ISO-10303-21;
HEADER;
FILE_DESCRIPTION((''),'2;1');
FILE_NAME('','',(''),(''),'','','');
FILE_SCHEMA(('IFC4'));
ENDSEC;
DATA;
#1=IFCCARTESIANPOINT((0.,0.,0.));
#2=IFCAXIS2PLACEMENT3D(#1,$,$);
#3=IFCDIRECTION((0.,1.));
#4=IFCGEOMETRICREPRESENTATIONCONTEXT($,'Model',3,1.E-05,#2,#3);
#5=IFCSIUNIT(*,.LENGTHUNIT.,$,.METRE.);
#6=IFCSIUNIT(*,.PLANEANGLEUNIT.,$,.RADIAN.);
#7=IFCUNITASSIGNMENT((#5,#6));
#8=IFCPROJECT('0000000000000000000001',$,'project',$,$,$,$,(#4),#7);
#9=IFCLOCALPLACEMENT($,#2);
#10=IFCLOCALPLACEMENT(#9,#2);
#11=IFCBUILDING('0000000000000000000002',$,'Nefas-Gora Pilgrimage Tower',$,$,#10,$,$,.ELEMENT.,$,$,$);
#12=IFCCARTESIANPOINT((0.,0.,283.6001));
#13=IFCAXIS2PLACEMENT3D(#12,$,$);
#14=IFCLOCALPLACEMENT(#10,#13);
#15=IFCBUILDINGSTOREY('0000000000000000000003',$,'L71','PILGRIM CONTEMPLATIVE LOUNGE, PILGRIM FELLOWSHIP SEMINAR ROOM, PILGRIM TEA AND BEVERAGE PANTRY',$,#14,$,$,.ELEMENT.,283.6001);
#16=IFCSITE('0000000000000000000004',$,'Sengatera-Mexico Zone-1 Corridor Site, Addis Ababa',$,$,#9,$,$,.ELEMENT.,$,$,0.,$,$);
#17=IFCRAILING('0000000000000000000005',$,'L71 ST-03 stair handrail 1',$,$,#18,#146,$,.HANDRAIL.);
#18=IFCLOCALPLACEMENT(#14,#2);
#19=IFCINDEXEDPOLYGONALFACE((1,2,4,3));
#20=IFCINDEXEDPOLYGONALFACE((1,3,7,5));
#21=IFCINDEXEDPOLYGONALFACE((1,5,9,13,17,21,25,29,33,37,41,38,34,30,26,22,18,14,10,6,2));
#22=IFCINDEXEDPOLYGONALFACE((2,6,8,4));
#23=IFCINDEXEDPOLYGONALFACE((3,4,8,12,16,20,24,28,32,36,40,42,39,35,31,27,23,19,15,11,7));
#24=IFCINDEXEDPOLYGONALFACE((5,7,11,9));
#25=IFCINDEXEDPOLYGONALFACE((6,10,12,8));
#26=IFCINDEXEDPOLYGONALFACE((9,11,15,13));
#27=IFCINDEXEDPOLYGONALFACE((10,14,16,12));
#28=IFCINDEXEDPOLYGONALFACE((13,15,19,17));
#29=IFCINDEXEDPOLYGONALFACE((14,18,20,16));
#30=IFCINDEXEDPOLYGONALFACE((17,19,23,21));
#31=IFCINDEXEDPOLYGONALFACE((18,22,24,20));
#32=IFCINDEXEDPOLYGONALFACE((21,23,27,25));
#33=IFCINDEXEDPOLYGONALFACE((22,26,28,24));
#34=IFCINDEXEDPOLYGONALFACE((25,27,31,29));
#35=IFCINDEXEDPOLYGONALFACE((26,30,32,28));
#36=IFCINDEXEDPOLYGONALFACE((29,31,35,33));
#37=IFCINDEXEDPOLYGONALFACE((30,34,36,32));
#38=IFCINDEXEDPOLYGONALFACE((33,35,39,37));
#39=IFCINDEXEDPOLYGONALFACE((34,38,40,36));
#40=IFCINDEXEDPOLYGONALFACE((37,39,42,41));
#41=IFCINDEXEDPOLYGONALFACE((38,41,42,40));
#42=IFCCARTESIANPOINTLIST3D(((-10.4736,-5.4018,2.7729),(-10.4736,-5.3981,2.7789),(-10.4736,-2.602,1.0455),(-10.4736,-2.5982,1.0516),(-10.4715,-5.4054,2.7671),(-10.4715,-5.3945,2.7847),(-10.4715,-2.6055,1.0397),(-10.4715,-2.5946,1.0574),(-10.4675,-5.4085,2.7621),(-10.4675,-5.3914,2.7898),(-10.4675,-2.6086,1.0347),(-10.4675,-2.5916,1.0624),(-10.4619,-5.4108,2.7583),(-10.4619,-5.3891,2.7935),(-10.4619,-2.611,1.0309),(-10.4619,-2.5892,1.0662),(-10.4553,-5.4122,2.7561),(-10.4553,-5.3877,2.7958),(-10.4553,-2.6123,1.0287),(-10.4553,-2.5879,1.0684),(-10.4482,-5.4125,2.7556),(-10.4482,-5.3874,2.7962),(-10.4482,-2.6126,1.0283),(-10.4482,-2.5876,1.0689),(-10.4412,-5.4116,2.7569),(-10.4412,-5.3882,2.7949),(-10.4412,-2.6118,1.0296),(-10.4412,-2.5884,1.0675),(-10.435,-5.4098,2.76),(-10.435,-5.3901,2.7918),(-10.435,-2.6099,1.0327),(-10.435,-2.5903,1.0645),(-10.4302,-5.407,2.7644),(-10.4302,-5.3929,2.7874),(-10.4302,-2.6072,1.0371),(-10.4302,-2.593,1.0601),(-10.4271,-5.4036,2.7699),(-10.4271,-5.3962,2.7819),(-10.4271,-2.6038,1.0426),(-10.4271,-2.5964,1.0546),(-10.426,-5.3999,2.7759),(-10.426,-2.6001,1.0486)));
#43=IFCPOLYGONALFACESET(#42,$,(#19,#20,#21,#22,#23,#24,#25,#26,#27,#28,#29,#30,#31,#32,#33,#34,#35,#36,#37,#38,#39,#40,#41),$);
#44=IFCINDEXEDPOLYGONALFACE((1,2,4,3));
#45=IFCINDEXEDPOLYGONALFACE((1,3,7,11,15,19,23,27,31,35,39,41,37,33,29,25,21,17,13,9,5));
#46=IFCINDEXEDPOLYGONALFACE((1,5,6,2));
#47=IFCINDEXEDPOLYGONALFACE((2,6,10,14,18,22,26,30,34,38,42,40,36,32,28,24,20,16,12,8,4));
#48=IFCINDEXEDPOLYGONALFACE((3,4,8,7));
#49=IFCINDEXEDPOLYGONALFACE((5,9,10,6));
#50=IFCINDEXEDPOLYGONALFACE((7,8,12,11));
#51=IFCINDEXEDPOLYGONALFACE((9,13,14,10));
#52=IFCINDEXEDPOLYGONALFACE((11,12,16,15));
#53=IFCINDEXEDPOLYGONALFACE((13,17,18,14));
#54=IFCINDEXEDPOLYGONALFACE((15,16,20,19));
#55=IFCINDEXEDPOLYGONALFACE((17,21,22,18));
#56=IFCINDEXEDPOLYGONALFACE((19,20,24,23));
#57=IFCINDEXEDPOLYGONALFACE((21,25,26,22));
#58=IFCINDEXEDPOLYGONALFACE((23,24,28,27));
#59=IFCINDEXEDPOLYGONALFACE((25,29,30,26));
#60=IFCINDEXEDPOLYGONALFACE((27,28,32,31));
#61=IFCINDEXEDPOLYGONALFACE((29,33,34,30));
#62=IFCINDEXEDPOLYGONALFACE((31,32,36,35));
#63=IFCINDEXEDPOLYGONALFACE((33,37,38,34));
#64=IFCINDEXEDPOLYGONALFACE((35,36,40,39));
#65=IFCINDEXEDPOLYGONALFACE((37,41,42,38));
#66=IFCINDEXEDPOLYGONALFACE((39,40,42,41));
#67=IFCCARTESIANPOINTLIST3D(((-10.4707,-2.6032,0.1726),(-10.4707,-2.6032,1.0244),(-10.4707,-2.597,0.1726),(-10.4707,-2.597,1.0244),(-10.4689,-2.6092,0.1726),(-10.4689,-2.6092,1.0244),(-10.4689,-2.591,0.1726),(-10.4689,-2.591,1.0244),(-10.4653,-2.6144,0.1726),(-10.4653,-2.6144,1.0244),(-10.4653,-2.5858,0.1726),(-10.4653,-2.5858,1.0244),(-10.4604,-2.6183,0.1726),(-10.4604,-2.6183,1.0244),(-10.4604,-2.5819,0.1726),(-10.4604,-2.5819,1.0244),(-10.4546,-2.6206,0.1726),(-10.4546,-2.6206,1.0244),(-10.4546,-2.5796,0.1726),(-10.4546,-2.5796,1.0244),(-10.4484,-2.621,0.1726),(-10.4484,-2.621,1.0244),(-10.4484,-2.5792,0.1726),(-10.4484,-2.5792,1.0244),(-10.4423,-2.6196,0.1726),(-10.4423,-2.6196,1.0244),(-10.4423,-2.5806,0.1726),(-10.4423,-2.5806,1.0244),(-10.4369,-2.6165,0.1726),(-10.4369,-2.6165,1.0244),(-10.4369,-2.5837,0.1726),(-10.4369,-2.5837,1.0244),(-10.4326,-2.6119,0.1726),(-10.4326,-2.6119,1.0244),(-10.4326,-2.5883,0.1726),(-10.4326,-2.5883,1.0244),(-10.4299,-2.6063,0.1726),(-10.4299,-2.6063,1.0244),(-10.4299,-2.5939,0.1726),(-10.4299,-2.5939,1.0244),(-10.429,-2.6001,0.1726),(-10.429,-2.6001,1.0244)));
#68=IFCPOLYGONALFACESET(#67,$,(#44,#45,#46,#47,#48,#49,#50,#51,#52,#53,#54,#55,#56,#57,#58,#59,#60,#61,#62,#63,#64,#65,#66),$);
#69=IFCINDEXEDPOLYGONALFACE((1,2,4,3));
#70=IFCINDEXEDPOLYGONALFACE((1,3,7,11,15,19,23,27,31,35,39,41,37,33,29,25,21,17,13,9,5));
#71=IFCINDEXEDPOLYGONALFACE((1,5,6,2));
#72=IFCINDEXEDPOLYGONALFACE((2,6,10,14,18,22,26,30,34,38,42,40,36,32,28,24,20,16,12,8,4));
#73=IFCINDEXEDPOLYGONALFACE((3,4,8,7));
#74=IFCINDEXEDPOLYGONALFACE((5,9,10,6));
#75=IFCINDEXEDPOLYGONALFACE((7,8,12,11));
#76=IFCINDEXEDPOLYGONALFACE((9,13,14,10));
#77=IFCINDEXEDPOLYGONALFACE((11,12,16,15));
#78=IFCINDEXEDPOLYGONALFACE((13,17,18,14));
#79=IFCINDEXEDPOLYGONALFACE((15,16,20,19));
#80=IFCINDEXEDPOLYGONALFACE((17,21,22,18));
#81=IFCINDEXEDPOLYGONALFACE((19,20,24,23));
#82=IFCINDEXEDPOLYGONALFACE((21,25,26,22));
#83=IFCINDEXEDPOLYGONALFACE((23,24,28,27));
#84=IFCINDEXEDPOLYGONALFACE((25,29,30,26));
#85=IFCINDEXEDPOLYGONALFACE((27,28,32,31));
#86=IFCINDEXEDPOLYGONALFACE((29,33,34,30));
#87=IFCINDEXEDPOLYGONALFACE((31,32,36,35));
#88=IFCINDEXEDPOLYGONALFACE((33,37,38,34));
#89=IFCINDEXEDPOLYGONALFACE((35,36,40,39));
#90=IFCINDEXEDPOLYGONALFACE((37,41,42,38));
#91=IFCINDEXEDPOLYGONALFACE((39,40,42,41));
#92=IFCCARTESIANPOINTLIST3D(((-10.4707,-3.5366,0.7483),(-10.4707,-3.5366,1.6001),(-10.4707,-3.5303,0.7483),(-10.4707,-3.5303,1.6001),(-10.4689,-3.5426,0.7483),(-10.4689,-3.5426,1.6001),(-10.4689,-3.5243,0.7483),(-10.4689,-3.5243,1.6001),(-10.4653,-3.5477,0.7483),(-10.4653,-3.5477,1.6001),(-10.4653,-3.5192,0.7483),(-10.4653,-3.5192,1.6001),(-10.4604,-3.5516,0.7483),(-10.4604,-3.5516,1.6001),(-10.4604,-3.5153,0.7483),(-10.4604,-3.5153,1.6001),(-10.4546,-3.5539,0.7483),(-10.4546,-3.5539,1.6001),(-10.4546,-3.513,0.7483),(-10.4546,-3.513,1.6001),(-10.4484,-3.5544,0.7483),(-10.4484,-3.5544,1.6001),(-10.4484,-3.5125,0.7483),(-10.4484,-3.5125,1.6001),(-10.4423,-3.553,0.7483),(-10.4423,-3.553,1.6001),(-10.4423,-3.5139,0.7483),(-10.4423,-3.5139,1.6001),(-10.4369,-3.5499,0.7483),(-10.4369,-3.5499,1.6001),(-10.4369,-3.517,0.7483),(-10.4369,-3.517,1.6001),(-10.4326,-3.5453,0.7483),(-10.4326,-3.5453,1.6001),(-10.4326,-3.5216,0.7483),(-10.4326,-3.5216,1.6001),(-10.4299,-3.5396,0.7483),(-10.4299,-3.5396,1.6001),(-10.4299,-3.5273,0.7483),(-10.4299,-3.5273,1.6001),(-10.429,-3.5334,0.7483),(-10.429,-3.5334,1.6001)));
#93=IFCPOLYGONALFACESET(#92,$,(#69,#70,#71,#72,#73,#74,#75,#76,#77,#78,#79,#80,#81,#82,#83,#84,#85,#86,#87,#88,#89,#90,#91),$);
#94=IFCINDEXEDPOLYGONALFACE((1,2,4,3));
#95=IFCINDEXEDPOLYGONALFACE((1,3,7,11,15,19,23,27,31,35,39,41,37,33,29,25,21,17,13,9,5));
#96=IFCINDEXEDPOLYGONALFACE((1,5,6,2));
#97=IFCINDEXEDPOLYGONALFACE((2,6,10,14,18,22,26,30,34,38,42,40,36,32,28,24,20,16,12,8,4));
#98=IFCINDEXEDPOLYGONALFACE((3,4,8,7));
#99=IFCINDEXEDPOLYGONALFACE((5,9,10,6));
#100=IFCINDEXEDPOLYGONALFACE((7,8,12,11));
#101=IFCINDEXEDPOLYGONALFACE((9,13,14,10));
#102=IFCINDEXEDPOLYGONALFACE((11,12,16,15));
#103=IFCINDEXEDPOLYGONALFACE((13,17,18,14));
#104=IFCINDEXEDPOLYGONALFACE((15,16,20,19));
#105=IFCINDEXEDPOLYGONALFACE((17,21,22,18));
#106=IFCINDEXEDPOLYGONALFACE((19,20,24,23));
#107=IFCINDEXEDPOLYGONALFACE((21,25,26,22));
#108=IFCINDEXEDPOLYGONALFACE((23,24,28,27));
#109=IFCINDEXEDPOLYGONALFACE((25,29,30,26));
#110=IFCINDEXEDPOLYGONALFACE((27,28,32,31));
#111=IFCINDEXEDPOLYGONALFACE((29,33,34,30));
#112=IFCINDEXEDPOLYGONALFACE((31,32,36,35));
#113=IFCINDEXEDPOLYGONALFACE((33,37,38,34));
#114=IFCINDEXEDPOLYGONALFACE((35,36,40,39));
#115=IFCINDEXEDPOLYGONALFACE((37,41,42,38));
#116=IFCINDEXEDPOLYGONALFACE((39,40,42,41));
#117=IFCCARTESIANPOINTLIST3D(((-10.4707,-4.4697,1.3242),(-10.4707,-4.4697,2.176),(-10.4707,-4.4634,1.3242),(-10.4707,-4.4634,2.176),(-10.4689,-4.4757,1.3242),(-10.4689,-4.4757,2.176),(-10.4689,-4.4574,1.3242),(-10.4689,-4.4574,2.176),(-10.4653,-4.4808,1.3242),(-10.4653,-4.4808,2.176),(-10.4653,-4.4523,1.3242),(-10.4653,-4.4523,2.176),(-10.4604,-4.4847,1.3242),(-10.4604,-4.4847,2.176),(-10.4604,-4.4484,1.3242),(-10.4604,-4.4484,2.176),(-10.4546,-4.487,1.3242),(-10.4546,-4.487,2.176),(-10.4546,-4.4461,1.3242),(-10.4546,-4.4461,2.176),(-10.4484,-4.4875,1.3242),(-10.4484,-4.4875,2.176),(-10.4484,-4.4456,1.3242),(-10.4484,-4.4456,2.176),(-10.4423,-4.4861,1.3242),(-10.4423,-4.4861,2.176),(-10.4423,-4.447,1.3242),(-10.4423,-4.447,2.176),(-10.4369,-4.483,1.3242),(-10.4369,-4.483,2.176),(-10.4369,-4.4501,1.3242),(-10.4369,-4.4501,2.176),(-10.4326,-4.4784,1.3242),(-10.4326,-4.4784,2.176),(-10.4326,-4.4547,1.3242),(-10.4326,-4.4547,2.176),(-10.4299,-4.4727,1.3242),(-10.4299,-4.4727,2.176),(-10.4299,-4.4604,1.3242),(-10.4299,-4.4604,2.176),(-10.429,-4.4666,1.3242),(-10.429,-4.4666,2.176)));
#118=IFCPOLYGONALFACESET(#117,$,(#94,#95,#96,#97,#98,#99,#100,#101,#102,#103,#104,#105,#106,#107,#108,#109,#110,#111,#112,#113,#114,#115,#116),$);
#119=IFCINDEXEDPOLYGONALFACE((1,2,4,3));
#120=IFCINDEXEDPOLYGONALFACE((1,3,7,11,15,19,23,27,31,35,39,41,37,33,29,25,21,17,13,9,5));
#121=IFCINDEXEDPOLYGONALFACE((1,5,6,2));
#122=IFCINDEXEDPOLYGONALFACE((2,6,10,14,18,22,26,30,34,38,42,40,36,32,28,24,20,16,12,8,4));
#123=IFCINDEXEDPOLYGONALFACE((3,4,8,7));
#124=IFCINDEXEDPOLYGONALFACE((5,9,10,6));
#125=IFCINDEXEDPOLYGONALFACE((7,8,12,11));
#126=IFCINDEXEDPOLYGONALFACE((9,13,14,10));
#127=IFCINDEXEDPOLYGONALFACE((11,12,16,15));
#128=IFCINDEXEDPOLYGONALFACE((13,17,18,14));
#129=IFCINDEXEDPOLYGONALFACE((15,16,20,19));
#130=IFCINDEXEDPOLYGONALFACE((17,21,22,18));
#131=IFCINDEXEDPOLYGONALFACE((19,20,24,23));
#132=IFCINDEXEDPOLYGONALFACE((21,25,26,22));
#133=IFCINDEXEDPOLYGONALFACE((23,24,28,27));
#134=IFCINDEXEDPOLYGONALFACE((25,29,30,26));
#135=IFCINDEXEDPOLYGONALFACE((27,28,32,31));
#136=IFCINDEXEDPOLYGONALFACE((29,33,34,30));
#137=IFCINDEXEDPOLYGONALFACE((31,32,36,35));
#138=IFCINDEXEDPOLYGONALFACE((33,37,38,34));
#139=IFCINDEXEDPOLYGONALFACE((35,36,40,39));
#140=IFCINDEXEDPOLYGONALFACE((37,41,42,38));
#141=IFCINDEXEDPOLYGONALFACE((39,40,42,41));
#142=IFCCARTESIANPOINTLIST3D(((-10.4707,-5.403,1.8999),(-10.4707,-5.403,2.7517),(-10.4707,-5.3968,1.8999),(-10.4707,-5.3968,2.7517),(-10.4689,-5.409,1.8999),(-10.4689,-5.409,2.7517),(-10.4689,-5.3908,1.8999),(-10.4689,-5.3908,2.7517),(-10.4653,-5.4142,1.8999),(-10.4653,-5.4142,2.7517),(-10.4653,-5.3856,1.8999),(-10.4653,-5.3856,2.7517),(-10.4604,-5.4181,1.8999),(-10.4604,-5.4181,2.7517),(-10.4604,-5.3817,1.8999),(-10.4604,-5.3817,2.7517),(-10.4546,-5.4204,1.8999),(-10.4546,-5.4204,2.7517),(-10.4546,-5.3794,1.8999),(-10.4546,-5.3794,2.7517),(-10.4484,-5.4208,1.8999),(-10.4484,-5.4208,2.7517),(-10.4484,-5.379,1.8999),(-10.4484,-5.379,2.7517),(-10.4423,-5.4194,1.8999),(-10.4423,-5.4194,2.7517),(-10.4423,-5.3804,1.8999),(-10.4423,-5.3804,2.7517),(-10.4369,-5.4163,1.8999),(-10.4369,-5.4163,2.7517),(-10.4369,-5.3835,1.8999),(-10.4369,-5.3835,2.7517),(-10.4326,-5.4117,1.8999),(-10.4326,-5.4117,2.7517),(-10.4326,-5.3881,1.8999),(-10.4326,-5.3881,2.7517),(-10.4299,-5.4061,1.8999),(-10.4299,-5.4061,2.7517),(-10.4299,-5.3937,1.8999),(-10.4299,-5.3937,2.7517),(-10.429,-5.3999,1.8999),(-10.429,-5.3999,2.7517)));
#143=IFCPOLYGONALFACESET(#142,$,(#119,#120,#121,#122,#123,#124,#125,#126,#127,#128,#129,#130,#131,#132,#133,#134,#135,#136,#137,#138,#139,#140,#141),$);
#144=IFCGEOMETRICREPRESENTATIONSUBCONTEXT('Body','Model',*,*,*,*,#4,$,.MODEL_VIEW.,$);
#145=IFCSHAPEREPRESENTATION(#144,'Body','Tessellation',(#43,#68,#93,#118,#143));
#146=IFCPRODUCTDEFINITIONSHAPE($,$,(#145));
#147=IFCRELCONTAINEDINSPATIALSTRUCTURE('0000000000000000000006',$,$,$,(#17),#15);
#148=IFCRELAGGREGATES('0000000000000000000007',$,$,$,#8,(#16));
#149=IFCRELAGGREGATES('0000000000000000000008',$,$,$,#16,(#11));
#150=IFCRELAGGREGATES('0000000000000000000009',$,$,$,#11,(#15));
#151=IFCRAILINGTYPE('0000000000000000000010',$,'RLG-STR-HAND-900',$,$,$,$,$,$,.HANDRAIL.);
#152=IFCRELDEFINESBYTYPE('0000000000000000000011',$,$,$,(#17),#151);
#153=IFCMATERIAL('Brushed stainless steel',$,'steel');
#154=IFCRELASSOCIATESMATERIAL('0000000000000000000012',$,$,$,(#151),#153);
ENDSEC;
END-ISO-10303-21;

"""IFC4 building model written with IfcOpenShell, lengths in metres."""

from ifc_helpers import new_model, si_unit, direction, frame, origin, origin_2d, place, context, subcontext, project, spatial, circle, extrude, material, type_object, element, save


model = new_model("IFC4")

# Units and contexts
model_context = context("Model", 3, precision=1e-05, world=origin(), true_north=direction((0.0, 1.0)))
body_context = subcontext(model_context, "Body", "Model", "MODEL_VIEW")
ifc_project = project(units=[si_unit("LENGTHUNIT", "METRE"), si_unit("PLANEANGLEUNIT", "RADIAN")], contexts=[model_context])

# Site, building, storey
site_placement = place(None, origin())
site = spatial("IfcSite", under=ifc_project, at=site_placement, Name="Sengatera-Mexico Zone-1 Corridor Site, Addis Ababa", CompositionType="ELEMENT", RefElevation=0.0)
building_placement = place(site_placement, origin())
building = spatial("IfcBuilding", under=site, at=building_placement, Name="Nefas-Gora Pilgrimage Tower", CompositionType="ELEMENT")
storey_placement = place(building_placement, frame((0.0, 0.0, 283.6001)))
storey = spatial("IfcBuildingStorey", under=building, at=storey_placement, Name="L71", Description="PILGRIM CONTEMPLATIVE LOUNGE, PILGRIM FELLOWSHIP SEMINAR ROOM, PILGRIM TEA AND BEVERAGE PANTRY", CompositionType="ELEMENT", Elevation=283.6001)

# Railing
ifc_material_1 = material(Name="Brushed stainless steel", Category="steel")
railing_type_1 = type_object("IfcRailingType", Name="RLG-STR-HAND-900", PredefinedType="HANDRAIL", material=ifc_material_1)
railing_1_placement = place(storey_placement, frame((-10.45, -2.6001, 0.1726)))
element("IfcRailing", 1, at=railing_1_placement, inside=storey, type_object=railing_type_1, Name="L71 ST-03 stair handrail 1", PredefinedType="HANDRAIL", context=body_context, shape_type="SweptSolid", body=[
    extrude(circle(Radius=0.0239, at=origin_2d()), frame((0.0, 0.0, 0.876), z_axis=(0.0, -0.851069, 0.525054), x_axis=(1.0, 0.0, 0.0)), (0.0, 0.0, 1.0), 3.2898),
    extrude(circle(Radius=0.021, at=origin_2d()), origin(), (0.0, 0.0, 1.0), 0.8518),
    extrude(circle(Radius=0.021, at=origin_2d()), frame((0.0, -0.9333, 0.5757)), (0.0, 0.0, 1.0), 0.8518),
    extrude(circle(Radius=0.021, at=origin_2d()), frame((0.0, -1.8665, 1.1516)), (0.0, 0.0, 1.0), 0.8518),
    extrude(circle(Radius=0.021, at=origin_2d()), frame((0.0, -2.7998, 1.7273)), (0.0, 0.0, 1.0), 0.8518),
])

save(model, "model.ifc")
